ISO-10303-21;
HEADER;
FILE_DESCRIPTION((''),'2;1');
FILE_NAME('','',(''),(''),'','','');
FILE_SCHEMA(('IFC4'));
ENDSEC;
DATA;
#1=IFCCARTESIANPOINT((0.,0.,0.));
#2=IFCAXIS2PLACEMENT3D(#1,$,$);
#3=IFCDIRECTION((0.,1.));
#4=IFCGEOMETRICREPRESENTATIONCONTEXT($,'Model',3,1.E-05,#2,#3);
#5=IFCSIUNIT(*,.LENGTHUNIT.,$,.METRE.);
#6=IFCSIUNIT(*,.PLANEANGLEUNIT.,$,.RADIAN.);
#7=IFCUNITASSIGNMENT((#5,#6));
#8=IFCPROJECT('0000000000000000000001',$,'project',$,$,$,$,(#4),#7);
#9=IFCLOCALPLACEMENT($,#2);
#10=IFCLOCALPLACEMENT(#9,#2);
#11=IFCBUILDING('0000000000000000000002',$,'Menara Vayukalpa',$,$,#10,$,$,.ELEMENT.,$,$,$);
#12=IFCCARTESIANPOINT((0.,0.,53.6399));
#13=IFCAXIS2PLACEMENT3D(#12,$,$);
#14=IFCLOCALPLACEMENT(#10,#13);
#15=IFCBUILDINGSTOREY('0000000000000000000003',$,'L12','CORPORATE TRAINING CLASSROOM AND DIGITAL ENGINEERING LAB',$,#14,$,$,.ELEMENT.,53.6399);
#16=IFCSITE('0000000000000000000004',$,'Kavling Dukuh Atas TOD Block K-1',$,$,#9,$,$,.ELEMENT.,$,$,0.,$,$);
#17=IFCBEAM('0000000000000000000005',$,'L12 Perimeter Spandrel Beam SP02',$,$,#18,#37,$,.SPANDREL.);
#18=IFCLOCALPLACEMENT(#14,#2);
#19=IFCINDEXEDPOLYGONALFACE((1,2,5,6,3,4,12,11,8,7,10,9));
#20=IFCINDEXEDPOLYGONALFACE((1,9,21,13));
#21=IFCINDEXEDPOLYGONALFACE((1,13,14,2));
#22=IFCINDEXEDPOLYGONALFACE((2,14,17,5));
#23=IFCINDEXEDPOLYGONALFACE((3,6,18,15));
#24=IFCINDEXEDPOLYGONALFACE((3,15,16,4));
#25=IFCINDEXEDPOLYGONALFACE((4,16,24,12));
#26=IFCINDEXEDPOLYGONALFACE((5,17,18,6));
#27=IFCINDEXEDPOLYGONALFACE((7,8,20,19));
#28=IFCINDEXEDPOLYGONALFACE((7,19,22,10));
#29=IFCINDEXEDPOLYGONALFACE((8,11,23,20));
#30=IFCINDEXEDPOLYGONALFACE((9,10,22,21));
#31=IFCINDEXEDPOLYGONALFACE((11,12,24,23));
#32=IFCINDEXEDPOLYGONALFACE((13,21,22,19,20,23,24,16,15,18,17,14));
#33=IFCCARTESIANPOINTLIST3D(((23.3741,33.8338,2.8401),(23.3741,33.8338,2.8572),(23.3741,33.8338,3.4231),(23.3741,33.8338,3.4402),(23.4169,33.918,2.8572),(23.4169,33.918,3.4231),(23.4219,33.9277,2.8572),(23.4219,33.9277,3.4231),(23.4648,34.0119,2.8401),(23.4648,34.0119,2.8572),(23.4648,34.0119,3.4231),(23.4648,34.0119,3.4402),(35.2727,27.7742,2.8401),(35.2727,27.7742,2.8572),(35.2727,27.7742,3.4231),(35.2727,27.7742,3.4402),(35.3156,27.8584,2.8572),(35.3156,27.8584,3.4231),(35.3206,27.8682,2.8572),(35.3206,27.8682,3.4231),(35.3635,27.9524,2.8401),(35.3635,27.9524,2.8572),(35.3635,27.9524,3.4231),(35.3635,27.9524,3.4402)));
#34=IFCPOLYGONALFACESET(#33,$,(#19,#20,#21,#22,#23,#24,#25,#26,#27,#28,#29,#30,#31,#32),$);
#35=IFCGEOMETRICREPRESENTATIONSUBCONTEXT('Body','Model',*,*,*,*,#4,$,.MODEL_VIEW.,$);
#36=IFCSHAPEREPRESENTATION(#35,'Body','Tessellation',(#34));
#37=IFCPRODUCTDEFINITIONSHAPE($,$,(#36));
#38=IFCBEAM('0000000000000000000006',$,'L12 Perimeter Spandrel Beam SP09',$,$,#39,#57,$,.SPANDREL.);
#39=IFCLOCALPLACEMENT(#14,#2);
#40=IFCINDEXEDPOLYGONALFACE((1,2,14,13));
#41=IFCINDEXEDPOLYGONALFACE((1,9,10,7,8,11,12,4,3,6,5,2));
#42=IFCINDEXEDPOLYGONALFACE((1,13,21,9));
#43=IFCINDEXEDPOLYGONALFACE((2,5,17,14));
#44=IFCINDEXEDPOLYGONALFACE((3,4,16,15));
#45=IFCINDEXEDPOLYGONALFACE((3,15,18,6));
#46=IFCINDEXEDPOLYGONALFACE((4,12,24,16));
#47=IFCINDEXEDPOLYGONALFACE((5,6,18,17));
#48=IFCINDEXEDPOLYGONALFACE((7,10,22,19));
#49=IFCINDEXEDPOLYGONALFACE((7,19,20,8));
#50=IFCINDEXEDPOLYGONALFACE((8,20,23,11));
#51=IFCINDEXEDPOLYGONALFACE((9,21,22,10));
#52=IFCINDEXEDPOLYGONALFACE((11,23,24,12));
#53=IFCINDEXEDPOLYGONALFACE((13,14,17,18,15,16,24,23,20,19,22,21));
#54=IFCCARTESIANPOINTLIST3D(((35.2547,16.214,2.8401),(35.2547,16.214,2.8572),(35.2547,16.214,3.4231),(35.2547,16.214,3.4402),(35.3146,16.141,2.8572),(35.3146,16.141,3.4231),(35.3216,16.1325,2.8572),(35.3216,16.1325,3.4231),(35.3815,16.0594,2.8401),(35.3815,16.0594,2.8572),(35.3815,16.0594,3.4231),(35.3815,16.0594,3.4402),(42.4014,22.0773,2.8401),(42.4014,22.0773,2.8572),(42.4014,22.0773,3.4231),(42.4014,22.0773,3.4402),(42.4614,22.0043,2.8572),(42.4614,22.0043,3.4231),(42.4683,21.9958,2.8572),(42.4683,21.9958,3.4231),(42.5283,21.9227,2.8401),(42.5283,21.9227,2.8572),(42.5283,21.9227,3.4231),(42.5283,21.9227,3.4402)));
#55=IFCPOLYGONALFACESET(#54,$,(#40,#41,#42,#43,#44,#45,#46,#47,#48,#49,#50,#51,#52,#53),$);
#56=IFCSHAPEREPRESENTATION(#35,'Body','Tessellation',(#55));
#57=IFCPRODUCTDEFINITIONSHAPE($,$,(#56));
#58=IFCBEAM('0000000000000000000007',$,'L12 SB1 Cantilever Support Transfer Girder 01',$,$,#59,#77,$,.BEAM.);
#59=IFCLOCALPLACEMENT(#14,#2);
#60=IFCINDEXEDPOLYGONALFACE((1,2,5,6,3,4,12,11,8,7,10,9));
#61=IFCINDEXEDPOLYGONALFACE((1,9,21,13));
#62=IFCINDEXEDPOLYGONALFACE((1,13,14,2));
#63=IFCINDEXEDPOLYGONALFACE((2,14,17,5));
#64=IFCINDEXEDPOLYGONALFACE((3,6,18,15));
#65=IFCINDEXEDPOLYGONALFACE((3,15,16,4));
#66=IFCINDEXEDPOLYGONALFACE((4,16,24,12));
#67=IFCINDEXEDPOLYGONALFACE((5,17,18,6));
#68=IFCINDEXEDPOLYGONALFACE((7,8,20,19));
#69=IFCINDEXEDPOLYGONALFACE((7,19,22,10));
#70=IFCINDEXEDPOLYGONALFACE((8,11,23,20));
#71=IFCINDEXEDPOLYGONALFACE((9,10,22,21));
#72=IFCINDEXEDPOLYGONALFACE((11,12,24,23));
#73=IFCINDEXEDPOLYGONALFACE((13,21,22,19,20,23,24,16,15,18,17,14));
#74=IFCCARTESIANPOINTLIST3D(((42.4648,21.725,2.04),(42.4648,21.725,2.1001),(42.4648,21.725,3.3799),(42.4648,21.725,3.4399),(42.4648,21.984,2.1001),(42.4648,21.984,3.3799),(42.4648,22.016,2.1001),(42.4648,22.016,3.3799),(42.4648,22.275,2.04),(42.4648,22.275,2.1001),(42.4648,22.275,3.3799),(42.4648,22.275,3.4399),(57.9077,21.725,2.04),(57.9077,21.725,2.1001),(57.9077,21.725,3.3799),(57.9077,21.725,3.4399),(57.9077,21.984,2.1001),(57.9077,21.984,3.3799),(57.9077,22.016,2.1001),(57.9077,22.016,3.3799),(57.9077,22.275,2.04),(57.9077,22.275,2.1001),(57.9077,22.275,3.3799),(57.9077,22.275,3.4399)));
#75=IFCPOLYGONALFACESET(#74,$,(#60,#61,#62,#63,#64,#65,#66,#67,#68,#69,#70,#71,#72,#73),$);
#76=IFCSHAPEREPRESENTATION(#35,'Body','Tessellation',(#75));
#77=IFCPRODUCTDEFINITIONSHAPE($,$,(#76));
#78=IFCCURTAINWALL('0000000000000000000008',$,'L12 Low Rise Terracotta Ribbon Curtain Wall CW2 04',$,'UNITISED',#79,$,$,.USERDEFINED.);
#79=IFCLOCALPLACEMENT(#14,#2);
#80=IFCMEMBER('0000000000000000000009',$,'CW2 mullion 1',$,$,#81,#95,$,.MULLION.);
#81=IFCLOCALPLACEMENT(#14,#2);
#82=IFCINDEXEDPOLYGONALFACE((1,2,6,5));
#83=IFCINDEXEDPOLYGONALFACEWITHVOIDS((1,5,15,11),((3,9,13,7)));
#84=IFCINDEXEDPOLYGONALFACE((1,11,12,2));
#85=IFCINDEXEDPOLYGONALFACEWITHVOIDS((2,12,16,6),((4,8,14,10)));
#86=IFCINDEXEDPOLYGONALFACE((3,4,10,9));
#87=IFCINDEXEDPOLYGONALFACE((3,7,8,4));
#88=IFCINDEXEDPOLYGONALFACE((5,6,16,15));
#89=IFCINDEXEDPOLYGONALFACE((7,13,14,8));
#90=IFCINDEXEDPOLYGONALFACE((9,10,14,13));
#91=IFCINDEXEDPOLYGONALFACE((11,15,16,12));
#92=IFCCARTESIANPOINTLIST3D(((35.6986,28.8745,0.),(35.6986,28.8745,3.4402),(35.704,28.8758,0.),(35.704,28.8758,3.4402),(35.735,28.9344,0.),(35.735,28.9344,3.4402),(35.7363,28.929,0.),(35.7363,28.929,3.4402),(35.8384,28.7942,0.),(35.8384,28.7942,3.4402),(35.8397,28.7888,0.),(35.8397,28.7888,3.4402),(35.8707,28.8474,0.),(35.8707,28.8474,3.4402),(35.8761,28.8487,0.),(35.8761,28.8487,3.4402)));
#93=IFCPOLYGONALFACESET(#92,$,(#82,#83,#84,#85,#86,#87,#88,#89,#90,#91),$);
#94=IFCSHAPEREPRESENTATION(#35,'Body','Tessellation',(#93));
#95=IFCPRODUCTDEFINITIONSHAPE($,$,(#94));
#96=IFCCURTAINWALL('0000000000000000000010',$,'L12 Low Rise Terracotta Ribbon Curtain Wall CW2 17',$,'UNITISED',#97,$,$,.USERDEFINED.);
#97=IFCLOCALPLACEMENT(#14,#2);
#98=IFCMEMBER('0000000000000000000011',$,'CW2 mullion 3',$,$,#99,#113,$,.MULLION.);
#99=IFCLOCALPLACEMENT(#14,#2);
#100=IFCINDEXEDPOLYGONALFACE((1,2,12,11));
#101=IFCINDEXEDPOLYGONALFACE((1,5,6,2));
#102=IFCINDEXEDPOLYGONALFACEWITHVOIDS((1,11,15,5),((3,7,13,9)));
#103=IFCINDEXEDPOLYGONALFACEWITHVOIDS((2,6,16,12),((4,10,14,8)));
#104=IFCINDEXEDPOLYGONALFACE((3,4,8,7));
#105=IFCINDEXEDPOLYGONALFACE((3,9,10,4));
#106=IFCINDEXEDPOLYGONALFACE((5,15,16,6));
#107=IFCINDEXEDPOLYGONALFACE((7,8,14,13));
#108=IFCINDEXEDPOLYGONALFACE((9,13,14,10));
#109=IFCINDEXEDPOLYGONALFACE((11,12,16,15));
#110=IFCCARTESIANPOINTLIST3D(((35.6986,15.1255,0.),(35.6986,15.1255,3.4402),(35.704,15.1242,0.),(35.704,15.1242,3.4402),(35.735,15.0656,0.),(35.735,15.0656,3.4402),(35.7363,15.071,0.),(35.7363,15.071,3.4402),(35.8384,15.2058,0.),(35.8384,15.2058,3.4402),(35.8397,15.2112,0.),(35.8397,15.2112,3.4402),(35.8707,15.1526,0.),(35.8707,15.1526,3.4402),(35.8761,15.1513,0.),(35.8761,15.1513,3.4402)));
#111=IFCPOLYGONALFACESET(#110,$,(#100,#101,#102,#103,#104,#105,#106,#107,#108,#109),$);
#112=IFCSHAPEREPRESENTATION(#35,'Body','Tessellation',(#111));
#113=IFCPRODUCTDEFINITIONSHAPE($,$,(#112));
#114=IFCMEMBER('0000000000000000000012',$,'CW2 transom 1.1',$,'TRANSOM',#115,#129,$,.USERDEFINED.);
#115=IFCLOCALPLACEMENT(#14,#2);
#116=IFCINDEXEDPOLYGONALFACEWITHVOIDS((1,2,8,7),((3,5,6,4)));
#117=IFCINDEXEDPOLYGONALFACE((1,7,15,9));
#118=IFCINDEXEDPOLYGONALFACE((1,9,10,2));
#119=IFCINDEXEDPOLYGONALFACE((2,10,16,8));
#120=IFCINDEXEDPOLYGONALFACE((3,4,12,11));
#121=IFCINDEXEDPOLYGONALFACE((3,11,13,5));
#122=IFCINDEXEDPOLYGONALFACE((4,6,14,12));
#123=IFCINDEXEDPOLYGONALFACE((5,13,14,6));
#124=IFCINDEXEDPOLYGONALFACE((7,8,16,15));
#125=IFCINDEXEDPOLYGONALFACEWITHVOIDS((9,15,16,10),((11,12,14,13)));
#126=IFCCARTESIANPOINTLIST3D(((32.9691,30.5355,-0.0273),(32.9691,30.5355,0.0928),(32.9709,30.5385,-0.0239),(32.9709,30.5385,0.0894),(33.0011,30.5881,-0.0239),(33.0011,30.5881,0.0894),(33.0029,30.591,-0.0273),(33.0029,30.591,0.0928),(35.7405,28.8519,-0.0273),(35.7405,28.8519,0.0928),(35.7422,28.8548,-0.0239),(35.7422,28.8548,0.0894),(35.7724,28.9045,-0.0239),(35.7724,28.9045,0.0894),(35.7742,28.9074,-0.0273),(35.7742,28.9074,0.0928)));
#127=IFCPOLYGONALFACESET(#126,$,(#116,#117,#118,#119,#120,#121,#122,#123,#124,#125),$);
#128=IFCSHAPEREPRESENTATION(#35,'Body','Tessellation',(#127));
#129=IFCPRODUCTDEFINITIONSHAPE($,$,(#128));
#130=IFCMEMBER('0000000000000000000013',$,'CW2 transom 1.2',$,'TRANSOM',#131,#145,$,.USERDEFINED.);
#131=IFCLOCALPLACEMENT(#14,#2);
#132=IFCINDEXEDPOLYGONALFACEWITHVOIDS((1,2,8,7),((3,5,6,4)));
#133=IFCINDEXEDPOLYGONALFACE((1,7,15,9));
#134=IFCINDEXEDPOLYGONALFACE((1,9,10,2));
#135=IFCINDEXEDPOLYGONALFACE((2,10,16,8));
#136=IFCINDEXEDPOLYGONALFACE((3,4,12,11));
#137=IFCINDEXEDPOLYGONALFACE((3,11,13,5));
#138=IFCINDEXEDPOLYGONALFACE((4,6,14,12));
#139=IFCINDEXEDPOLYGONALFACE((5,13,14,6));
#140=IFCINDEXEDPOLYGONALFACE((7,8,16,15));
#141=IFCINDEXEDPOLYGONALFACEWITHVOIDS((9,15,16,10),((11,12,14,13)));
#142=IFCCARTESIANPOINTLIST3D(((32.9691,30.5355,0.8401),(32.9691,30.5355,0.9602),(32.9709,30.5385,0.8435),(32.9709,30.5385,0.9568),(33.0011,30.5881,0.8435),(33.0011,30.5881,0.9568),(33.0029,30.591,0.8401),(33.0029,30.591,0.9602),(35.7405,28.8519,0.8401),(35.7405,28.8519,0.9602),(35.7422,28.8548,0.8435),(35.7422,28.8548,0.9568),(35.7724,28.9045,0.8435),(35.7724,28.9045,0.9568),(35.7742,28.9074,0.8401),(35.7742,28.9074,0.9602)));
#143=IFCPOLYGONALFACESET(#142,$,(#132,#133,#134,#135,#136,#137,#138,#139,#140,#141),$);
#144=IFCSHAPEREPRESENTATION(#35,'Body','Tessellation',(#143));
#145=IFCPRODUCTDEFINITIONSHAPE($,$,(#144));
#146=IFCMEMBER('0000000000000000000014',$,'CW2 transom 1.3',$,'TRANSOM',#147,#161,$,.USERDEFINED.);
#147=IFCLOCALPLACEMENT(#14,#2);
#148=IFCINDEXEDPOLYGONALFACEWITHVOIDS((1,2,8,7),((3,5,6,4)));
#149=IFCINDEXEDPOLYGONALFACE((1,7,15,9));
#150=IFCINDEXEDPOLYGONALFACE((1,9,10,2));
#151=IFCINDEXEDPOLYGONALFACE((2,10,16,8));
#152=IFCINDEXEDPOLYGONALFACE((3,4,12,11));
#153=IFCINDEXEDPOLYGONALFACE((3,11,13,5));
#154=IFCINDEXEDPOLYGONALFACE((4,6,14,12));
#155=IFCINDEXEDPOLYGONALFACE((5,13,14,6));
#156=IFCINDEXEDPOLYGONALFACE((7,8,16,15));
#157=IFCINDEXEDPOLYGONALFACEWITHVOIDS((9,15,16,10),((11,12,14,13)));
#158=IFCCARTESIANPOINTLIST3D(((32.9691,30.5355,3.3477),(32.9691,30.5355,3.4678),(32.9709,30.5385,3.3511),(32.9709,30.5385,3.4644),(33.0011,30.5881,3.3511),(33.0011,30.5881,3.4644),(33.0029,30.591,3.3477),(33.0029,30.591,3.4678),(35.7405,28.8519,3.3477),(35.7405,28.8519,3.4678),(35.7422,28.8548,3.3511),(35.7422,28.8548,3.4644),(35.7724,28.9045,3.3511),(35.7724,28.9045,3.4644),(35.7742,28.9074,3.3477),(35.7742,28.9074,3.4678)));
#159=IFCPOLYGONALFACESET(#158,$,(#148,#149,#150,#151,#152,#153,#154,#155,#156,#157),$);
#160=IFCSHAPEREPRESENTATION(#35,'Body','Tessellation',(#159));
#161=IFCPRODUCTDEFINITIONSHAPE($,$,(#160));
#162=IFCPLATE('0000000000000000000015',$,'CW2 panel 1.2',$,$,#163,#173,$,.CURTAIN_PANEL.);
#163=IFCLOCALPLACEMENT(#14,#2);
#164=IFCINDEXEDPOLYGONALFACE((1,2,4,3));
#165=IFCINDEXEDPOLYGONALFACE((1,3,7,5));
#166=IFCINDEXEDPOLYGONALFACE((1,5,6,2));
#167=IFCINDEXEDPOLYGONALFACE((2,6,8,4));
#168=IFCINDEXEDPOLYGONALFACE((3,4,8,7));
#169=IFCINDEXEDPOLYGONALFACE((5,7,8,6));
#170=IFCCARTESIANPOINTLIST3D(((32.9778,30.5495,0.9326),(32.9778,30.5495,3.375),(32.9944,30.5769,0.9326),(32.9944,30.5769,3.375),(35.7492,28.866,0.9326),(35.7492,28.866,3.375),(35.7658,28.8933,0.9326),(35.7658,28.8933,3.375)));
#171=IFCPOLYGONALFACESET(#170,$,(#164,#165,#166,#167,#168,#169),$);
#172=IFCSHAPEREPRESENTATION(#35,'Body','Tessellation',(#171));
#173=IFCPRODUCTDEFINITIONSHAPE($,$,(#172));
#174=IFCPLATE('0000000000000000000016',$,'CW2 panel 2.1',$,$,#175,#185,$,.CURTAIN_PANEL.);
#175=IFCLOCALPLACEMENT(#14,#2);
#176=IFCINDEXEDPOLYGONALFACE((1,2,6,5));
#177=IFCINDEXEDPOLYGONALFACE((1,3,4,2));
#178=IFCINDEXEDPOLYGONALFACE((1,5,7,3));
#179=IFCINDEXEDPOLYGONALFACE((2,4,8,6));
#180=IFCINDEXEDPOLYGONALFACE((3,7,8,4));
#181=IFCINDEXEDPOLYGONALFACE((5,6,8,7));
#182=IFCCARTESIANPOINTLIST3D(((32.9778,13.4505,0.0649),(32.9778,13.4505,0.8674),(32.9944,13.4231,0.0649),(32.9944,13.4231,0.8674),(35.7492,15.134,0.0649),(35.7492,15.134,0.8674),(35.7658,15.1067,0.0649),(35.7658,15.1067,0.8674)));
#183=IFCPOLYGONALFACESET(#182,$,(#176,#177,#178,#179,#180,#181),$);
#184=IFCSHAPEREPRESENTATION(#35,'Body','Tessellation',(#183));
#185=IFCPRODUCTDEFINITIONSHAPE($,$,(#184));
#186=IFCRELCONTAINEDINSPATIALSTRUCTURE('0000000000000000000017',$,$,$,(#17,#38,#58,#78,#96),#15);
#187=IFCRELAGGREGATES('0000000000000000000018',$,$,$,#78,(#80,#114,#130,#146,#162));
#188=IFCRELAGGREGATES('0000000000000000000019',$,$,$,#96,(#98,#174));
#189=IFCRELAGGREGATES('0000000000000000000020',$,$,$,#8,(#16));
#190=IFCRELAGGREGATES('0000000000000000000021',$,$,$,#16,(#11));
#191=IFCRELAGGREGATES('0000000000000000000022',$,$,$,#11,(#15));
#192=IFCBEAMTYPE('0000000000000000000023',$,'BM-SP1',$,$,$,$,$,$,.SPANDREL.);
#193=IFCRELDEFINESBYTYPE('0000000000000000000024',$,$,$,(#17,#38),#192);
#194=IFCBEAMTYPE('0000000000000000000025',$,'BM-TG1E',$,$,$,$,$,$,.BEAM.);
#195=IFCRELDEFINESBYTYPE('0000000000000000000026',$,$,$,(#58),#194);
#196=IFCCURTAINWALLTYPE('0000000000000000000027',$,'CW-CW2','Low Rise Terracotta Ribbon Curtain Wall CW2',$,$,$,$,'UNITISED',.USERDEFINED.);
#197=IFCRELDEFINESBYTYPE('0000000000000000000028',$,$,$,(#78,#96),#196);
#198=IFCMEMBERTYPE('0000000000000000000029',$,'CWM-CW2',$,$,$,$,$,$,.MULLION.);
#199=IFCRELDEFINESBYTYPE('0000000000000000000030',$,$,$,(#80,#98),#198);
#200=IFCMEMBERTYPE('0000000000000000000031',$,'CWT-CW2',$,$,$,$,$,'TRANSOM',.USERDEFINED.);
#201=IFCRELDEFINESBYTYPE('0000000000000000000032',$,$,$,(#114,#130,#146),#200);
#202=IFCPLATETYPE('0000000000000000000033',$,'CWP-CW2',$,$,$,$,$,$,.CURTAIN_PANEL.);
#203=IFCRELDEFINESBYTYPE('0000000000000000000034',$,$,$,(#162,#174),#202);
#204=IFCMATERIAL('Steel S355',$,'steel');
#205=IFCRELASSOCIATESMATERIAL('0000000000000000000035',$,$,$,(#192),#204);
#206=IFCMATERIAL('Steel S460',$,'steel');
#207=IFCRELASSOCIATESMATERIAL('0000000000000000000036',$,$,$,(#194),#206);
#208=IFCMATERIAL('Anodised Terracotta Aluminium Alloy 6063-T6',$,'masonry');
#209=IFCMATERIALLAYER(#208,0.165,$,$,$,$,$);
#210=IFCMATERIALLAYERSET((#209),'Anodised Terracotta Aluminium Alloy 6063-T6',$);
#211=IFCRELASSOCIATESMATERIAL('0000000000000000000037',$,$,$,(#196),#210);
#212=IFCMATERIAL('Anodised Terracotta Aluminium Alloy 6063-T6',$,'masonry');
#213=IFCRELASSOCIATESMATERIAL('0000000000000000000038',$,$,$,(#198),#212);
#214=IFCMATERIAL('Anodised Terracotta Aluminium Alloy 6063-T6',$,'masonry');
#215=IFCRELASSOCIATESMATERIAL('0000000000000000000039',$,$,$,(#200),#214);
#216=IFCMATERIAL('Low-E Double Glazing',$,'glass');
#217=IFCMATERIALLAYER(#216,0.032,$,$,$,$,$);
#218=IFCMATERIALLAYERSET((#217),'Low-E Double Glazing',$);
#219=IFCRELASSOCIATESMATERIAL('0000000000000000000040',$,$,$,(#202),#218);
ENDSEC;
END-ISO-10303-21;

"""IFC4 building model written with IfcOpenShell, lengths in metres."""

from ifc_helpers import new_model, si_unit, direction, frame, origin, origin_2d, place, context, subcontext, project, spatial, rectangle, hollow_rectangle, i_section, extrude, material, layer, layer_set, material_profile, profile_set, type_object, element, aggregate, save


model = new_model("IFC4")

# Units and contexts
model_context = context("Model", 3, precision=1e-05, world=origin(), true_north=direction((0.0, 1.0)))
body_context = subcontext(model_context, "Body", "Model", "MODEL_VIEW")
ifc_project = project(units=[si_unit("LENGTHUNIT", "METRE"), si_unit("PLANEANGLEUNIT", "RADIAN")], contexts=[model_context])

# Site, building, storey
site_placement = place(None, origin())
site = spatial("IfcSite", under=ifc_project, at=site_placement, Name="Kavling Dukuh Atas TOD Block K-1", CompositionType="ELEMENT", RefElevation=0.0)
building_placement = place(site_placement, origin())
building = spatial("IfcBuilding", under=site, at=building_placement, Name="Menara Vayukalpa", CompositionType="ELEMENT")
storey_placement = place(building_placement, frame((0.0, 0.0, 53.6399)))
storey = spatial("IfcBuildingStorey", under=building, at=storey_placement, Name="L12", Description="CORPORATE TRAINING CLASSROOM AND DIGITAL ENGINEERING LAB", CompositionType="ELEMENT", Elevation=53.6399)

# Beams
ifc_material_1 = material(Name="Steel S355", Category="steel")
ifc_material_profile_1 = material_profile(ifc_material_1, i_section(OverallWidth=0.2, OverallDepth=0.6001, WebThickness=0.011, FlangeThickness=0.0171, at=origin_2d()), Name="WF 600x200x11x17")
ifc_profile_set_1 = profile_set([ifc_material_profile_1], Name="Steel S355")
beam_type_1 = type_object("IfcBeamType", Name="BM-SP1", PredefinedType="SPANDREL", material=ifc_profile_set_1)
beam_1_placement = place(storey_placement, frame((35.3181, 27.8633, 3.1401), z_axis=(-0.891101, 0.453806, 0.0), x_axis=(-0.453806, -0.891101, 0.0)))
element("IfcBeam", 1, at=beam_1_placement, inside=storey, type_object=beam_type_1, Name="L12 Perimeter Spandrel Beam SP02", PredefinedType="SPANDREL", context=body_context, shape_type="SweptSolid", body=[
    extrude(i_section(OverallWidth=0.2, OverallDepth=0.6001, WebThickness=0.011, FlangeThickness=0.0171, at=origin_2d()), origin(), (0.0, 0.0, 1.0), 13.3528),
])
beam_2_placement = place(storey_placement, frame((35.3181, 16.1367, 3.1401), z_axis=(0.773111, 0.634271, 0.0), x_axis=(-0.634271, 0.773111, 0.0)))
element("IfcBeam", 2, at=beam_2_placement, inside=storey, type_object=beam_type_1, Name="L12 Perimeter Spandrel Beam SP09", PredefinedType="SPANDREL", context=body_context, shape_type="SweptSolid", body=[
    extrude(i_section(OverallWidth=0.2, OverallDepth=0.6001, WebThickness=0.011, FlangeThickness=0.0171, at=origin_2d()), origin(), (0.0, 0.0, 1.0), 9.2441),
])
ifc_material_2 = material(Name="Steel S460", Category="steel")
ifc_material_profile_2 = material_profile(ifc_material_2, i_section(OverallWidth=0.55, OverallDepth=1.3999, WebThickness=0.032, FlangeThickness=0.0601, at=origin_2d()), Name="WG 1400x550x32x60")
ifc_profile_set_2 = profile_set([ifc_material_profile_2], Name="Steel S460")
beam_type_2 = type_object("IfcBeamType", Name="BM-TG1E", PredefinedType="BEAM", material=ifc_profile_set_2)
beam_3_placement = place(storey_placement, frame((42.4648, 22.0, 2.74), z_axis=(1.0, 0.0, 0.0), x_axis=(0.0, 1.0, 0.0)))
element("IfcBeam", 3, at=beam_3_placement, inside=storey, type_object=beam_type_2, Name="L12 SB1 Cantilever Support Transfer Girder 01", PredefinedType="BEAM", context=body_context, shape_type="SweptSolid", body=[
    extrude(i_section(OverallWidth=0.55, OverallDepth=1.3999, WebThickness=0.032, FlangeThickness=0.0601, at=origin_2d()), origin(), (0.0, 0.0, 1.0), 15.4429),
])

# Curtain walls, members
ifc_material_3 = material(Name="Anodised Terracotta Aluminium Alloy 6063-T6", Category="masonry")
ifc_layer_1 = layer(ifc_material_3, 0.165)
ifc_layer_set_1 = layer_set([ifc_layer_1], Name="Anodised Terracotta Aluminium Alloy 6063-T6")
curtain_wall_type = type_object("IfcCurtainWallType", Name="CW-CW2", Description="Low Rise Terracotta Ribbon Curtain Wall CW2", ElementType="UNITISED", PredefinedType="USERDEFINED", material=ifc_layer_set_1)
curtain_wall_1_placement = place(storey_placement, origin())
curtain_wall_1 = element("IfcCurtainWall", 4, at=curtain_wall_1_placement, inside=storey, type_object=curtain_wall_type, Name="L12 Low Rise Terracotta Ribbon Curtain Wall CW2 04", ObjectType="UNITISED", PredefinedType="USERDEFINED")
ifc_material_4 = material(Name="Anodised Terracotta Aluminium Alloy 6063-T6", Category="masonry")
ifc_material_profile_3 = material_profile(ifc_material_4, hollow_rectangle(XDim=0.0701, YDim=0.165, WallThickness=0.0039, at=origin_2d()), Name="ALU 70x165x4")
ifc_profile_set_3 = profile_set([ifc_material_profile_3], Name="Anodised Terracotta Aluminium Alloy 6063-T6")
member_type_1 = type_object("IfcMemberType", Name="CWM-CW2", PredefinedType="MULLION", material=ifc_profile_set_3)
member_1_placement = place(storey_placement, frame((35.7874, 28.8616, 0.0), z_axis=(0.0, 0.0, 1.0), x_axis=(-0.519182, -0.854664, 0.0)))
member_1 = element("IfcMember", 5, at=member_1_placement, type_object=member_type_1, Name="CW2 mullion 1", PredefinedType="MULLION", context=body_context, shape_type="SweptSolid", body=[
    extrude(hollow_rectangle(XDim=0.0701, YDim=0.165, WallThickness=0.0039, at=origin_2d()), origin(), (0.0, 0.0, 1.0), 3.4402),
])
curtain_wall_2_placement = place(storey_placement, origin())
curtain_wall_2 = element("IfcCurtainWall", 6, at=curtain_wall_2_placement, inside=storey, type_object=curtain_wall_type, Name="L12 Low Rise Terracotta Ribbon Curtain Wall CW2 17", ObjectType="UNITISED", PredefinedType="USERDEFINED")
member_2_placement = place(storey_placement, frame((35.7874, 15.1384, 0.0), z_axis=(0.0, 0.0, 1.0), x_axis=(-0.519182, 0.854664, 0.0)))
member_2 = element("IfcMember", 7, at=member_2_placement, type_object=member_type_1, Name="CW2 mullion 3", PredefinedType="MULLION", context=body_context, shape_type="SweptSolid", body=[
    extrude(hollow_rectangle(XDim=0.0701, YDim=0.165, WallThickness=0.0039, at=origin_2d()), origin(), (0.0, 0.0, 1.0), 3.4402),
])

# Members
ifc_material_5 = material(Name="Anodised Terracotta Aluminium Alloy 6063-T6", Category="masonry")
ifc_material_profile_4 = material_profile(ifc_material_5, hollow_rectangle(XDim=0.0649, YDim=0.1201, WallThickness=0.0034, at=origin_2d()), Name="ALU 65x120x3.5")
ifc_profile_set_4 = profile_set([ifc_material_profile_4], Name="Anodised Terracotta Aluminium Alloy 6063-T6")
member_type_2 = type_object("IfcMemberType", Name="CWT-CW2", ElementType="TRANSOM", PredefinedType="USERDEFINED", material=ifc_profile_set_4)
member_3_placement = place(storey_placement, frame((35.7573, 28.8796, 0.0327), z_axis=(-0.854643, 0.519216, 0.0), x_axis=(-0.519216, -0.854643, 0.0)))
member_3 = element("IfcMember", 8, at=member_3_placement, type_object=member_type_2, Name="CW2 transom 1.1", ObjectType="TRANSOM", PredefinedType="USERDEFINED", context=body_context, shape_type="SweptSolid", body=[
    extrude(hollow_rectangle(XDim=0.0649, YDim=0.1201, WallThickness=0.0034, at=origin_2d()), origin(), (0.0, 0.0, 1.0), 3.2427),
])
member_4_placement = place(storey_placement, frame((35.7573, 28.8796, 0.9001), z_axis=(-0.854643, 0.519216, 0.0), x_axis=(-0.519216, -0.854643, 0.0)))
member_4 = element("IfcMember", 9, at=member_4_placement, type_object=member_type_2, Name="CW2 transom 1.2", ObjectType="TRANSOM", PredefinedType="USERDEFINED", context=body_context, shape_type="SweptSolid", body=[
    extrude(hollow_rectangle(XDim=0.0649, YDim=0.1201, WallThickness=0.0034, at=origin_2d()), origin(), (0.0, 0.0, 1.0), 3.2427),
])
member_5_placement = place(storey_placement, frame((35.7573, 28.8796, 3.4077), z_axis=(-0.854643, 0.519216, 0.0), x_axis=(-0.519216, -0.854643, 0.0)))
member_5 = element("IfcMember", 10, at=member_5_placement, type_object=member_type_2, Name="CW2 transom 1.3", ObjectType="TRANSOM", PredefinedType="USERDEFINED", context=body_context, shape_type="SweptSolid", body=[
    extrude(hollow_rectangle(XDim=0.0649, YDim=0.1201, WallThickness=0.0034, at=origin_2d()), origin(), (0.0, 0.0, 1.0), 3.2427),
])

# Plates
ifc_material_6 = material(Name="Low-E Double Glazing", Category="glass")
ifc_layer_2 = layer(ifc_material_6, 0.032)
ifc_layer_set_2 = layer_set([ifc_layer_2], Name="Low-E Double Glazing")
plate_type_1 = type_object("IfcPlateType", Name="CWP-CW2", PredefinedType="CURTAIN_PANEL", material=ifc_layer_set_2)
plate_1_placement = place(storey_placement, frame((34.3718, 29.7214, 0.9326), z_axis=(0.0, 0.0, 1.0), x_axis=(-0.854664, 0.519182, 0.0)))
plate_1 = element("IfcPlate", 11, at=plate_1_placement, type_object=plate_type_1, Name="CW2 panel 1.2", PredefinedType="CURTAIN_PANEL", context=body_context, shape_type="SweptSolid", body=[
    extrude(rectangle(XDim=3.2427, YDim=0.032, at=origin_2d()), origin(), (0.0, 0.0, 1.0), 2.4424),
])
aggregate(curtain_wall_1, [member_1, member_3, member_4, member_5, plate_1])
plate_2_placement = place(storey_placement, frame((34.3718, 14.2786, 0.0649), z_axis=(0.0, 0.0, 1.0), x_axis=(0.854664, 0.519182, 0.0)))
plate_2 = element("IfcPlate", 12, at=plate_2_placement, type_object=plate_type_1, Name="CW2 panel 2.1", PredefinedType="CURTAIN_PANEL", context=body_context, shape_type="SweptSolid", body=[
    extrude(rectangle(XDim=3.2427, YDim=0.032, at=origin_2d()), origin(), (0.0, 0.0, 1.0), 0.8025),
])
aggregate(curtain_wall_2, [member_2, plate_2])

save(model, "model.ifc")
